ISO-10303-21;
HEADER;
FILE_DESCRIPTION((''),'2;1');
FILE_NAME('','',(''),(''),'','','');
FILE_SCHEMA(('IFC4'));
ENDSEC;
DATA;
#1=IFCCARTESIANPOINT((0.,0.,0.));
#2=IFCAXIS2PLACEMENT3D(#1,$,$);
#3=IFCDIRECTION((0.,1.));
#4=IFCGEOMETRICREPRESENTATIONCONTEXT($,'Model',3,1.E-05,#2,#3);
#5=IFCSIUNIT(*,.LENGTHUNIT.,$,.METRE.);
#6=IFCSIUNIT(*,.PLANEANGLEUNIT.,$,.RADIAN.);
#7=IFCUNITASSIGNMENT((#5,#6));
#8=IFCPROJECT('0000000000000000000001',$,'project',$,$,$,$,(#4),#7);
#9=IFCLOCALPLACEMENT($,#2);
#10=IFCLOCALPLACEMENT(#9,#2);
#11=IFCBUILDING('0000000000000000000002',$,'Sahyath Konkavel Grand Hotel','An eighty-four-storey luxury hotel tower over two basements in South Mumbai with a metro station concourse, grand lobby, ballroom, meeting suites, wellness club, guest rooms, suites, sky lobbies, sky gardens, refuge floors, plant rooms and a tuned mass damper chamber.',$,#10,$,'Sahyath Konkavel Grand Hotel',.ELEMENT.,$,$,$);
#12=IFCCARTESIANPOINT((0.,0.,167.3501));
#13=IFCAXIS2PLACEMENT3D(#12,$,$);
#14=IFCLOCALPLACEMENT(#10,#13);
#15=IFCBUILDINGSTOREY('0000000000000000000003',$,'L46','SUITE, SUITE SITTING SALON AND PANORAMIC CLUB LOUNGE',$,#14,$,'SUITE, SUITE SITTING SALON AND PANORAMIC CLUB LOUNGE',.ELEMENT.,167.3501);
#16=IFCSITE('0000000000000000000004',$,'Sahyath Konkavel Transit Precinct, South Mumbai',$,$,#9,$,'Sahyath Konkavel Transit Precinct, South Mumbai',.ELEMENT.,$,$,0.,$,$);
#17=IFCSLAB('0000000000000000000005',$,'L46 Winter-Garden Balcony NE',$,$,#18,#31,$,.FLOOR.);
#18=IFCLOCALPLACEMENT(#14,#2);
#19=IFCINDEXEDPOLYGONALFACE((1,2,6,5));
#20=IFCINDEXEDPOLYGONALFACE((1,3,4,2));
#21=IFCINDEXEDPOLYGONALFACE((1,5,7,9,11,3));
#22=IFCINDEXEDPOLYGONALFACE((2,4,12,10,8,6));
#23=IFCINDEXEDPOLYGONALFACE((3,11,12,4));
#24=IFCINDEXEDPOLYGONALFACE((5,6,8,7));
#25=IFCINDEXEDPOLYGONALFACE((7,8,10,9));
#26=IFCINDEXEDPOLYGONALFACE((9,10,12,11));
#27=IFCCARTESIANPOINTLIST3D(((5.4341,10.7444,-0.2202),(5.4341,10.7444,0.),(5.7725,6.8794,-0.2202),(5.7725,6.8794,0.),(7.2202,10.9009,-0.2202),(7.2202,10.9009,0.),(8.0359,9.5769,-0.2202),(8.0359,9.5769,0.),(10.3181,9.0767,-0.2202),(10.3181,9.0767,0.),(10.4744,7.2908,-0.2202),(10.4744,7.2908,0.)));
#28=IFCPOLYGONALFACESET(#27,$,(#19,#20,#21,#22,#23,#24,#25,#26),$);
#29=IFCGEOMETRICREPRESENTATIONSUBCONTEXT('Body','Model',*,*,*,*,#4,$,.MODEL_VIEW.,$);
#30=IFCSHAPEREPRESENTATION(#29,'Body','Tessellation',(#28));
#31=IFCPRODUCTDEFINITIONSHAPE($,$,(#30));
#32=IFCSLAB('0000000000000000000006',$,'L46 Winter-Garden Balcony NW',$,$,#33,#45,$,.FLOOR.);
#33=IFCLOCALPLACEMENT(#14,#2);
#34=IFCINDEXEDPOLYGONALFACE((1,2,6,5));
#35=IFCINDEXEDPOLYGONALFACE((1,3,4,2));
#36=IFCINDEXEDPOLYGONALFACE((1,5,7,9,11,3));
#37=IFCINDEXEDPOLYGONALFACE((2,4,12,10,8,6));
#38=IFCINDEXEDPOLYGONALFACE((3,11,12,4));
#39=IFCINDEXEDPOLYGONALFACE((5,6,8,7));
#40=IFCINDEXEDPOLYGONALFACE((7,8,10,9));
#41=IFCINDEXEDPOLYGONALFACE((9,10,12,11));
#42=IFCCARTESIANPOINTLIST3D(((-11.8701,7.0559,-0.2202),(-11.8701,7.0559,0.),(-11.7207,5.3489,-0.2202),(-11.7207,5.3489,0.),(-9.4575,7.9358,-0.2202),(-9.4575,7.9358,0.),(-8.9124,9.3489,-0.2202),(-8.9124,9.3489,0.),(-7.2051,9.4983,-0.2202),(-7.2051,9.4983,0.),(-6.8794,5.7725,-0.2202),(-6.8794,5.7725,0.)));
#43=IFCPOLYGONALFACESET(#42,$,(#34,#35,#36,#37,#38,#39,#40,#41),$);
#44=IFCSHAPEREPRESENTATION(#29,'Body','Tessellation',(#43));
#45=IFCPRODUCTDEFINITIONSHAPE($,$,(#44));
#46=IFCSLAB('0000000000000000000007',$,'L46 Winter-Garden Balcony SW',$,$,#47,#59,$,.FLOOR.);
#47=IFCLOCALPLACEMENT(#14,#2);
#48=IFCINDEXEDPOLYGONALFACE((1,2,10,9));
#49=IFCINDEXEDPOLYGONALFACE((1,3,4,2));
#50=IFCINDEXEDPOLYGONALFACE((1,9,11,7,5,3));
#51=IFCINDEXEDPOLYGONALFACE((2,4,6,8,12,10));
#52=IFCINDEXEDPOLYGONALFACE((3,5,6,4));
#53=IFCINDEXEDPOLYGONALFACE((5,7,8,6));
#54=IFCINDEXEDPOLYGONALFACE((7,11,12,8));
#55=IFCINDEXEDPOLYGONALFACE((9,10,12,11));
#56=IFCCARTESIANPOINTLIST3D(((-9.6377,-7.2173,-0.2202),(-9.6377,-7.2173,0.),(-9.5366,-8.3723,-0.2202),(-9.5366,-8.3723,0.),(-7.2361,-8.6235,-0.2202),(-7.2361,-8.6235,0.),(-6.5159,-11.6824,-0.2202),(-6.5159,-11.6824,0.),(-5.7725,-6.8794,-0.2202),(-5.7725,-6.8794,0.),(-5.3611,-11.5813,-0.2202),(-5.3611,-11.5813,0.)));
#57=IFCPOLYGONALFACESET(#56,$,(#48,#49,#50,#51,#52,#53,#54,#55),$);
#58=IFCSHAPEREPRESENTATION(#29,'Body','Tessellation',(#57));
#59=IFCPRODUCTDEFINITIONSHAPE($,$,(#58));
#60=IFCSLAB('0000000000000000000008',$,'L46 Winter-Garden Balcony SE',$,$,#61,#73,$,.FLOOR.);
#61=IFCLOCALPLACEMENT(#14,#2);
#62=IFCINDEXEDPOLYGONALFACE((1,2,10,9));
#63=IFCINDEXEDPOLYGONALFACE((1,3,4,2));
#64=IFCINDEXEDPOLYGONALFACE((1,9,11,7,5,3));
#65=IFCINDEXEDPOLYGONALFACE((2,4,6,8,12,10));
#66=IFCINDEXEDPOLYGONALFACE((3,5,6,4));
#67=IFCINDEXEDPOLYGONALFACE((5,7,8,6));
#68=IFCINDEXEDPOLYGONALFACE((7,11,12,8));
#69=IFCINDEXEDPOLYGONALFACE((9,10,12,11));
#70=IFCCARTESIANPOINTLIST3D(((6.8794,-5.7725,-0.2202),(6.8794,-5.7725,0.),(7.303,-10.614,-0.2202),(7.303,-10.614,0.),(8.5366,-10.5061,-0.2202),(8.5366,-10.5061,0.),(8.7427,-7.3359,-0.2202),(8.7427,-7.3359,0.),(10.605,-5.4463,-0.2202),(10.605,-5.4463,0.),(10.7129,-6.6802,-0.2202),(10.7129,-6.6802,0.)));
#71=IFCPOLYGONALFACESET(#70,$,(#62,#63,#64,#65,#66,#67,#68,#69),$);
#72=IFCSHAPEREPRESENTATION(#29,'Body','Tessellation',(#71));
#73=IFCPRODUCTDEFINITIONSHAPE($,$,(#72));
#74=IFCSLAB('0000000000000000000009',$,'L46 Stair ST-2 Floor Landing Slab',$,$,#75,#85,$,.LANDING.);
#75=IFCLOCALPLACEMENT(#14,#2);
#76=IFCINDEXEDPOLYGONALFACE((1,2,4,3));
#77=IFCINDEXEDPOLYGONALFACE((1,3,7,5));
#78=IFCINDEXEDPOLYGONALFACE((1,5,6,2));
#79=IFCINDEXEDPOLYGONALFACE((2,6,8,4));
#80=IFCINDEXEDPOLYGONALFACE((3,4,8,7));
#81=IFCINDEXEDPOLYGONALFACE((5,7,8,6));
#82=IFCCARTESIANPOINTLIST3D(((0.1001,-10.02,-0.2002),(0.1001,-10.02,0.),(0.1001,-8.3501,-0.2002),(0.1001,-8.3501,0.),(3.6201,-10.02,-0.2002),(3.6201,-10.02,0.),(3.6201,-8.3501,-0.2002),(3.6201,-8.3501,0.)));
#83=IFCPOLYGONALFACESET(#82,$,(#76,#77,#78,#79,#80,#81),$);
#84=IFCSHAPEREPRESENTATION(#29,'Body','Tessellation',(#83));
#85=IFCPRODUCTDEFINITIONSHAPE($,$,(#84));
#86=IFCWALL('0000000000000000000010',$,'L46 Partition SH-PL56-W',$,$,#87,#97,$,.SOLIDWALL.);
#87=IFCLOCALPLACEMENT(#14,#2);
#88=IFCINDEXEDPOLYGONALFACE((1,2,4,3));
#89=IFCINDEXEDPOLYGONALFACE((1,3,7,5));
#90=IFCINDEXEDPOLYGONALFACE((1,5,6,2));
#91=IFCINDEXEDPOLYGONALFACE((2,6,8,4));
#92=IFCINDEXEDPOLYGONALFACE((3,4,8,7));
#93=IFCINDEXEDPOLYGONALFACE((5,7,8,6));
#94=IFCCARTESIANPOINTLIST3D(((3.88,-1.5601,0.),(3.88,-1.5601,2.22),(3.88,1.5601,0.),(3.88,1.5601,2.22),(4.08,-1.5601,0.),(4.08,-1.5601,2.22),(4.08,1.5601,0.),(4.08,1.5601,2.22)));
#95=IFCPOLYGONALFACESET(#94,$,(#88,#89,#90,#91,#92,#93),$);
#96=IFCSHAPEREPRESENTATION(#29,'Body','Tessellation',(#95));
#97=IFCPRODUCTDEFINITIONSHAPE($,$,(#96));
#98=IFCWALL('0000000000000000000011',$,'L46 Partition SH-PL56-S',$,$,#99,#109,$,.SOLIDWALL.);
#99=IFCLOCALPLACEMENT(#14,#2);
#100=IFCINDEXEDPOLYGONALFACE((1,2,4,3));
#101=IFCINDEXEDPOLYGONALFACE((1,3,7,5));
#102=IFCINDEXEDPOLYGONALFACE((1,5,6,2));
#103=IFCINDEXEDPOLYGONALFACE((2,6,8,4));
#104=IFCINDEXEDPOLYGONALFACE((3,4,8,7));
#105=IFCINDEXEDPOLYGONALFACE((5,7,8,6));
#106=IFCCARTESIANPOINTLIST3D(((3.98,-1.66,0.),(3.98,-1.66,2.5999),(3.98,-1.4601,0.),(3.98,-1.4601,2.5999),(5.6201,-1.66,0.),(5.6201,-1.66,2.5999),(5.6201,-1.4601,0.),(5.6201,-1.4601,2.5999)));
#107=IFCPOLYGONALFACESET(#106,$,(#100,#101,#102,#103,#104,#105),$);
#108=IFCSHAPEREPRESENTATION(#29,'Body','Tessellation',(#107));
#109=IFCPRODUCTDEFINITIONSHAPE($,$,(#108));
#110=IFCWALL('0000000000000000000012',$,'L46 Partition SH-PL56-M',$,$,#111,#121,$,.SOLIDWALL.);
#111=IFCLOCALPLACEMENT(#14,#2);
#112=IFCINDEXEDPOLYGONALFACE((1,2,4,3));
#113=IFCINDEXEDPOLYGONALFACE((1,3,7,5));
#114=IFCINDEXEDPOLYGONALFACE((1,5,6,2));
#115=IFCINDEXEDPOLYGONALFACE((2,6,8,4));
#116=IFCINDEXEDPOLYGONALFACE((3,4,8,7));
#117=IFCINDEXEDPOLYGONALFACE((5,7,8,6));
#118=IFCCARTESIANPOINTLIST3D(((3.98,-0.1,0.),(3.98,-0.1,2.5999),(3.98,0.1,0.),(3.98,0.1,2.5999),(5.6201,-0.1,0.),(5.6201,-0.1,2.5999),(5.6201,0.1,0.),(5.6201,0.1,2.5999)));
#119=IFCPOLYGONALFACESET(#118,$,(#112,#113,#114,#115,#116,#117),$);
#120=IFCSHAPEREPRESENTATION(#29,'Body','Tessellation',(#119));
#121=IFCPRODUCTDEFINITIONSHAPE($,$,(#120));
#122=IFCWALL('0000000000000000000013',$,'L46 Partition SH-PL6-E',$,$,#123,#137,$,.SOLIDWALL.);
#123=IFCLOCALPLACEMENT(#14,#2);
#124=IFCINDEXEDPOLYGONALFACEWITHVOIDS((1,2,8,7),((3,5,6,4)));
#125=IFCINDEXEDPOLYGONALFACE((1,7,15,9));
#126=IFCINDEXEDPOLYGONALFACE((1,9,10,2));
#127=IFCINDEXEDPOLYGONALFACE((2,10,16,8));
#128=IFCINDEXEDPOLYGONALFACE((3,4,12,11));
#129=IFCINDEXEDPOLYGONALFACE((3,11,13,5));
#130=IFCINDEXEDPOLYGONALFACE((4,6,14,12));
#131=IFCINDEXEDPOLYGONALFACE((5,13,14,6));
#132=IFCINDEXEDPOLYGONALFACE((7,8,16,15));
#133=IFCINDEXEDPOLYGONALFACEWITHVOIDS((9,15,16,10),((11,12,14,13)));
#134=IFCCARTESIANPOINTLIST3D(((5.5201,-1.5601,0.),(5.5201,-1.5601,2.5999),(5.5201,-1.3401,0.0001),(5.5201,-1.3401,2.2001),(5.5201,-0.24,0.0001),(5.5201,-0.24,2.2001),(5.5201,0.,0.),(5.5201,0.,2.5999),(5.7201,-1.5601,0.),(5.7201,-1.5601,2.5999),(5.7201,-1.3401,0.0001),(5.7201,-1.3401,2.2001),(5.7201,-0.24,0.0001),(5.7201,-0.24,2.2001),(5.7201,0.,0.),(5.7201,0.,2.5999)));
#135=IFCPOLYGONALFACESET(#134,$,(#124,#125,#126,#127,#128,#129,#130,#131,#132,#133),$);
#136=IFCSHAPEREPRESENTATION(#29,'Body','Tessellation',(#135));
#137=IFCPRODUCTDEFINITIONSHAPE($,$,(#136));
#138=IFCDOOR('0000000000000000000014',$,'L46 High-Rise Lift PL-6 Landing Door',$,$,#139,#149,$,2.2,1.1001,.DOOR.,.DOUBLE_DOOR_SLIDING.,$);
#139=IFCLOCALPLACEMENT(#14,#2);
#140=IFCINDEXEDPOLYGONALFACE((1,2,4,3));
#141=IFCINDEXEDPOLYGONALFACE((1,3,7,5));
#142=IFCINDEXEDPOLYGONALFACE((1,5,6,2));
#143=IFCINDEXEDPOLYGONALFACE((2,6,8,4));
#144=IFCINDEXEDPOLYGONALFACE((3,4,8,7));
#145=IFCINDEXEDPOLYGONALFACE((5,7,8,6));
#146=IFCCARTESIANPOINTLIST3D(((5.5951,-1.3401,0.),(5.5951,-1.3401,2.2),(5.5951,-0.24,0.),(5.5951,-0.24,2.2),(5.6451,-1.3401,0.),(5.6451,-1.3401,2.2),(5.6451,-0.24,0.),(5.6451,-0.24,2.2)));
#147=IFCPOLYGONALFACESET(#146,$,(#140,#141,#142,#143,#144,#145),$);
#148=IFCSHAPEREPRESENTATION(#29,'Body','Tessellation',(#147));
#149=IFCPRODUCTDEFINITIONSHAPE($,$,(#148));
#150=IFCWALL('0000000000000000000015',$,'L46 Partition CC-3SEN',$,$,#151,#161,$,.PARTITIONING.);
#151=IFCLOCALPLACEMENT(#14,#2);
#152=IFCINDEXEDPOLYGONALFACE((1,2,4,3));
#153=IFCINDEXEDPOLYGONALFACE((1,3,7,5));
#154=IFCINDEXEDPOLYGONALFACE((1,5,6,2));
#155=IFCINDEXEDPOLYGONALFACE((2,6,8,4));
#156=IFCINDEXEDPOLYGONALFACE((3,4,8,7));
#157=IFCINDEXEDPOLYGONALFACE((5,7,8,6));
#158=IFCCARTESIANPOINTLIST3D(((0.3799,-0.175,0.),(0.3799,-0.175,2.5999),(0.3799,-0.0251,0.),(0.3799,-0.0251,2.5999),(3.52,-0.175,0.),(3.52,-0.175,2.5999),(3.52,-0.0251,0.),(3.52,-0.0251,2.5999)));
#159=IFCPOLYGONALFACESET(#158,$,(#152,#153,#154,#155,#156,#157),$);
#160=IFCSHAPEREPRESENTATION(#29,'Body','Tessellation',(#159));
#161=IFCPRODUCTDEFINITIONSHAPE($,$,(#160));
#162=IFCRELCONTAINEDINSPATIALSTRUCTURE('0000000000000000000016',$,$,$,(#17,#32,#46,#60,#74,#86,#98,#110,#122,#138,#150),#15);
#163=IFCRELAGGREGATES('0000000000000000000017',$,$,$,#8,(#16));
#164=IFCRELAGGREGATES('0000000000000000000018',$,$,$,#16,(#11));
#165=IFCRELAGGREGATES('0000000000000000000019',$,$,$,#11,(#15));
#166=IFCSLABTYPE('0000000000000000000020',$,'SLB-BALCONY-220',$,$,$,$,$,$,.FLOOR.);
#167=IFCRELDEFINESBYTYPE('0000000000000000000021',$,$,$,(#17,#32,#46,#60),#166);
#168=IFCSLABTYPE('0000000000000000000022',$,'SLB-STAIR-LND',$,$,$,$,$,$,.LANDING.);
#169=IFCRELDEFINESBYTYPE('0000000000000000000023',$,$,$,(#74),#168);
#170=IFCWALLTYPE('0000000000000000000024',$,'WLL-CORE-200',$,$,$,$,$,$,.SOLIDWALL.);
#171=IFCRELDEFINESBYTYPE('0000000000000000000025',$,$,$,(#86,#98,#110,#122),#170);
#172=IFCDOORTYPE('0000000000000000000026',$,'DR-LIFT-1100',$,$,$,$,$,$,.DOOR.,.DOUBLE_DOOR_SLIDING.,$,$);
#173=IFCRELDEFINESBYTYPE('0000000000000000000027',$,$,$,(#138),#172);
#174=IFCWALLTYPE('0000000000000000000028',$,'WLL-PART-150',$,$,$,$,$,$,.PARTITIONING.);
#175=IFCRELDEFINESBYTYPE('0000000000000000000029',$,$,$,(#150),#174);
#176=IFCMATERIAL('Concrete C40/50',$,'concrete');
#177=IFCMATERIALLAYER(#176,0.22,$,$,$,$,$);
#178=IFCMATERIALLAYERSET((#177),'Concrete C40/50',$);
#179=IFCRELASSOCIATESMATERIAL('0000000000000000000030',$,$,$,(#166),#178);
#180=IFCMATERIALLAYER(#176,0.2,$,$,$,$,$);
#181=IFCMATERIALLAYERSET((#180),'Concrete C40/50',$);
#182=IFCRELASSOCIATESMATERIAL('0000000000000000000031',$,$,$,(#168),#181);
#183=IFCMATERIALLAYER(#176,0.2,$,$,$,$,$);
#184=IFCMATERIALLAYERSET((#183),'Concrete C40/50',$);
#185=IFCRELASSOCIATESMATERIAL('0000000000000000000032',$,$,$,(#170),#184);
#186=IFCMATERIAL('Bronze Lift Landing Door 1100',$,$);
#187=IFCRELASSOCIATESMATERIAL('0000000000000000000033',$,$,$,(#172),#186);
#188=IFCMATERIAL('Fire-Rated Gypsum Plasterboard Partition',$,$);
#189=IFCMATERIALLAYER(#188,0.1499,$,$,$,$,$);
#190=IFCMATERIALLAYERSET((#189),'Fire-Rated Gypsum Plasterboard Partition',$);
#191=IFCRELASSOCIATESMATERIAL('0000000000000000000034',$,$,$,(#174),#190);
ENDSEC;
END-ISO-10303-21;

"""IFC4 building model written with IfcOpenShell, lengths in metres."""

from ifc_helpers import new_model, si_unit, direction, frame, frame_2d, origin, origin_2d, place, context, subcontext, project, spatial, polyline, rectangle, outline, extrude, source, transform, mapped, material, layer, layer_set, type_object, element, fill, save


model = new_model("IFC4")

# Units and contexts
model_context = context("Model", 3, precision=1e-05, world=origin(), true_north=direction((0.0, 1.0)))
body_context = subcontext(model_context, "Body", "Model", "MODEL_VIEW")
ifc_project = project(units=[si_unit("LENGTHUNIT", "METRE"), si_unit("PLANEANGLEUNIT", "RADIAN")], contexts=[model_context])

# Site, building, storey
site_placement = place(None, origin())
site = spatial("IfcSite", under=ifc_project, at=site_placement, Name="Sahyath Konkavel Transit Precinct, South Mumbai", LongName="Sahyath Konkavel Transit Precinct, South Mumbai", CompositionType="ELEMENT", RefElevation=0.0)
building_placement = place(site_placement, origin())
building = spatial("IfcBuilding", under=site, at=building_placement, Name="Sahyath Konkavel Grand Hotel", Description="An eighty-four-storey luxury hotel tower over two basements in South Mumbai with a metro station concourse, grand lobby, ballroom, meeting suites, wellness club, guest rooms, suites, sky lobbies, sky gardens, refuge floors, plant rooms and a tuned mass damper chamber.", LongName="Sahyath Konkavel Grand Hotel", CompositionType="ELEMENT")
storey_placement = place(building_placement, frame((0.0, 0.0, 167.3501)))
storey = spatial("IfcBuildingStorey", under=building, at=storey_placement, Name="L46", Description="SUITE, SUITE SITTING SALON AND PANORAMIC CLUB LOUNGE", LongName="SUITE, SUITE SITTING SALON AND PANORAMIC CLUB LOUNGE", CompositionType="ELEMENT", Elevation=167.3501)

# Slabs
ifc_material_1 = material(Name="Concrete C40/50", Category="concrete")
ifc_layer_1 = layer(ifc_material_1, 0.22)
ifc_layer_set_1 = layer_set([ifc_layer_1], Name="Concrete C40/50")
slab_type_1 = type_object("IfcSlabType", Name="SLB-BALCONY-220", PredefinedType="FLOOR", material=ifc_layer_set_1)
slab_1_placement = place(storey_placement, frame((0.0, 0.0, -0.2202)))
element("IfcSlab", 1, at=slab_1_placement, inside=storey, type_object=slab_type_1, Name="L46 Winter-Garden Balcony NE", PredefinedType="FLOOR", context=body_context, shape_type="SweptSolid", body=[
    extrude(outline(polyline([(5.7725, 6.8794), (10.4744, 7.2908), (10.3181, 9.0767), (8.0359, 9.5769), (7.2202, 10.9009), (5.4341, 10.7444), (5.7725, 6.8794)])), origin(), (0.0, 0.0, 1.0), 0.2202),
])
slab_2_placement = place(storey_placement, frame((0.0, 0.0, -0.2202)))
element("IfcSlab", 2, at=slab_2_placement, inside=storey, type_object=slab_type_1, Name="L46 Winter-Garden Balcony NW", PredefinedType="FLOOR", context=body_context, shape_type="SweptSolid", body=[
    extrude(outline(polyline([(-6.8794, 5.7725), (-7.2051, 9.4983), (-8.9124, 9.3489), (-9.4575, 7.9358), (-11.8701, 7.0559), (-11.7207, 5.3489), (-6.8794, 5.7725)])), origin(), (0.0, 0.0, 1.0), 0.2202),
])
slab_3_placement = place(storey_placement, frame((0.0, 0.0, -0.2202)))
element("IfcSlab", 3, at=slab_3_placement, inside=storey, type_object=slab_type_1, Name="L46 Winter-Garden Balcony SW", PredefinedType="FLOOR", context=body_context, shape_type="SweptSolid", body=[
    extrude(outline(polyline([(-5.7725, -6.8794), (-9.6377, -7.2173), (-9.5366, -8.3723), (-7.2361, -8.6235), (-6.5159, -11.6824), (-5.3611, -11.5813), (-5.7725, -6.8794)])), origin(), (0.0, 0.0, 1.0), 0.2202),
])
slab_4_placement = place(storey_placement, frame((0.0, 0.0, -0.2202)))
element("IfcSlab", 4, at=slab_4_placement, inside=storey, type_object=slab_type_1, Name="L46 Winter-Garden Balcony SE", PredefinedType="FLOOR", context=body_context, shape_type="SweptSolid", body=[
    extrude(outline(polyline([(6.8794, -5.7725), (7.303, -10.614), (8.5366, -10.5061), (8.7427, -7.3359), (10.7129, -6.6802), (10.605, -5.4463), (6.8794, -5.7725)])), origin(), (0.0, 0.0, 1.0), 0.2202),
])
ifc_layer_2 = layer(ifc_material_1, 0.2)
ifc_layer_set_2 = layer_set([ifc_layer_2], Name="Concrete C40/50")
slab_type_2 = type_object("IfcSlabType", Name="SLB-STAIR-LND", PredefinedType="LANDING", material=ifc_layer_set_2)
slab_5_placement = place(storey_placement, frame((0.0, 0.0, -0.2002)))
element("IfcSlab", 5, at=slab_5_placement, inside=storey, type_object=slab_type_2, Name="L46 Stair ST-2 Floor Landing Slab", PredefinedType="LANDING", context=body_context, shape_type="SweptSolid", body=[
    extrude(outline(polyline([(0.1001, -10.02), (3.6201, -10.02), (3.6201, -8.3501), (0.1001, -8.3501), (0.1001, -10.02)])), origin(), (0.0, 0.0, 1.0), 0.2002),
])

# Walls
ifc_layer_3 = layer(ifc_material_1, 0.2)
ifc_layer_set_3 = layer_set([ifc_layer_3], Name="Concrete C40/50")
wall_type_1 = type_object("IfcWallType", Name="WLL-CORE-200", PredefinedType="SOLIDWALL", material=ifc_layer_set_3)
wall_1_placement = place(storey_placement, frame((3.98, -1.5601, 0.0), z_axis=(0.0, 0.0, 1.0), x_axis=(0.0, 1.0, 0.0)))
element("IfcWall", 6, at=wall_1_placement, inside=storey, type_object=wall_type_1, Name="L46 Partition SH-PL56-W", PredefinedType="SOLIDWALL", context=body_context, shape_type="SweptSolid", body=[
    extrude(rectangle(XDim=3.1201, YDim=0.2, at=frame_2d((1.5601, 0.0))), origin(), (0.0, 0.0, 1.0), 2.22),
])
for number, where, z_axis, x_axis, name in (
    (7, (3.98, -1.5601, 0.0), (0.0, 0.0, 1.0), (1.0, 0.0, 0.0), "L46 Partition SH-PL56-S"),
    (8, (3.98, 0.0, 0.0), (0.0, 0.0, 1.0), (1.0, 0.0, 0.0), "L46 Partition SH-PL56-M"),
):
    element("IfcWall", number, at=place(storey_placement, frame(where, z_axis=z_axis, x_axis=x_axis)), inside=storey, type_object=wall_type_1, Name=name, PredefinedType="SOLIDWALL", context=body_context, shape_type="SweptSolid", body=[
        extrude(rectangle(XDim=1.6401, YDim=0.2, at=frame_2d((0.8201, 0.0))), origin(), (0.0, 0.0, 1.0), 2.5999),
    ])

# Wall, opening, door
wall_2_placement = place(storey_placement, frame((5.6201, -1.5601, 0.0), z_axis=(0.0, 0.0, 1.0), x_axis=(0.0, 1.0, 0.0)))
wall_2 = element("IfcWall", 9, at=wall_2_placement, inside=storey, type_object=wall_type_1, Name="L46 Partition SH-PL6-E", PredefinedType="SOLIDWALL", context=body_context, shape_type="SweptSolid", body=[
    extrude(rectangle(XDim=1.5601, YDim=0.2, at=frame_2d((0.78, 0.0))), origin(), (0.0, 0.0, 1.0), 2.5999),
])
opening_1_placement = place(wall_2_placement, frame((0.22, 0.0, 0.0)))
opening_1 = element("IfcOpeningElement", 10, at=opening_1_placement, cuts=wall_2, PredefinedType="OPENING", context=body_context, shape_type="SweptSolid", body=[
    extrude(rectangle(XDim=1.1001, YDim=2.2, at=frame_2d((0.55, 1.1001))), frame((0.0, 0.1099, 0.0), z_axis=(0.0, -1.0, 0.0), x_axis=(1.0, 0.0, 0.0)), (0.0, 0.0, 1.0), 0.22),
])
ifc_material_2 = material(Name="Bronze Lift Landing Door 1100")
door_type_1 = type_object("IfcDoorType", Name="DR-LIFT-1100", OperationType="DOUBLE_DOOR_SLIDING", PredefinedType="DOOR", material=ifc_material_2)
shared_shape_1 = source(origin(), body_context, "Body", "SweptSolid", [
    extrude(rectangle(XDim=1.1001, YDim=0.05, at=origin_2d()), origin(), (0.0, 0.0, 1.0), 2.2),
])
door_1_placement = place(opening_1_placement, frame((0.55, 0.0, 0.0)))
door_1 = element("IfcDoor", 11, at=door_1_placement, inside=storey, type_object=door_type_1, Name="L46 High-Rise Lift PL-6 Landing Door", OperationType="DOUBLE_DOOR_SLIDING", OverallHeight=2.2, OverallWidth=1.1001, PredefinedType="DOOR", context=body_context, shape_type="MappedRepresentation", body=[
    mapped(shared_shape_1, transform((0.0, 0.0, 0.0), scale=1.0)),
])
fill(opening_1, door_1)

# Wall
ifc_material_3 = material(Name="Fire-Rated Gypsum Plasterboard Partition")
ifc_layer_4 = layer(ifc_material_3, 0.1499)
ifc_layer_set_4 = layer_set([ifc_layer_4], Name="Fire-Rated Gypsum Plasterboard Partition")
wall_type_2 = type_object("IfcWallType", Name="WLL-PART-150", PredefinedType="PARTITIONING", material=ifc_layer_set_4)
wall_3_placement = place(storey_placement, frame((0.3799, -0.1001, 0.0), z_axis=(0.0, 0.0, 1.0), x_axis=(1.0, 0.0, 0.0)))
element("IfcWall", 12, at=wall_3_placement, inside=storey, type_object=wall_type_2, Name="L46 Partition CC-3SEN", PredefinedType="PARTITIONING", context=body_context, shape_type="SweptSolid", body=[
    extrude(rectangle(XDim=3.1401, YDim=0.1499, at=frame_2d((1.5701, 0.0))), origin(), (0.0, 0.0, 1.0), 2.5999),
])

save(model, "model.ifc")
